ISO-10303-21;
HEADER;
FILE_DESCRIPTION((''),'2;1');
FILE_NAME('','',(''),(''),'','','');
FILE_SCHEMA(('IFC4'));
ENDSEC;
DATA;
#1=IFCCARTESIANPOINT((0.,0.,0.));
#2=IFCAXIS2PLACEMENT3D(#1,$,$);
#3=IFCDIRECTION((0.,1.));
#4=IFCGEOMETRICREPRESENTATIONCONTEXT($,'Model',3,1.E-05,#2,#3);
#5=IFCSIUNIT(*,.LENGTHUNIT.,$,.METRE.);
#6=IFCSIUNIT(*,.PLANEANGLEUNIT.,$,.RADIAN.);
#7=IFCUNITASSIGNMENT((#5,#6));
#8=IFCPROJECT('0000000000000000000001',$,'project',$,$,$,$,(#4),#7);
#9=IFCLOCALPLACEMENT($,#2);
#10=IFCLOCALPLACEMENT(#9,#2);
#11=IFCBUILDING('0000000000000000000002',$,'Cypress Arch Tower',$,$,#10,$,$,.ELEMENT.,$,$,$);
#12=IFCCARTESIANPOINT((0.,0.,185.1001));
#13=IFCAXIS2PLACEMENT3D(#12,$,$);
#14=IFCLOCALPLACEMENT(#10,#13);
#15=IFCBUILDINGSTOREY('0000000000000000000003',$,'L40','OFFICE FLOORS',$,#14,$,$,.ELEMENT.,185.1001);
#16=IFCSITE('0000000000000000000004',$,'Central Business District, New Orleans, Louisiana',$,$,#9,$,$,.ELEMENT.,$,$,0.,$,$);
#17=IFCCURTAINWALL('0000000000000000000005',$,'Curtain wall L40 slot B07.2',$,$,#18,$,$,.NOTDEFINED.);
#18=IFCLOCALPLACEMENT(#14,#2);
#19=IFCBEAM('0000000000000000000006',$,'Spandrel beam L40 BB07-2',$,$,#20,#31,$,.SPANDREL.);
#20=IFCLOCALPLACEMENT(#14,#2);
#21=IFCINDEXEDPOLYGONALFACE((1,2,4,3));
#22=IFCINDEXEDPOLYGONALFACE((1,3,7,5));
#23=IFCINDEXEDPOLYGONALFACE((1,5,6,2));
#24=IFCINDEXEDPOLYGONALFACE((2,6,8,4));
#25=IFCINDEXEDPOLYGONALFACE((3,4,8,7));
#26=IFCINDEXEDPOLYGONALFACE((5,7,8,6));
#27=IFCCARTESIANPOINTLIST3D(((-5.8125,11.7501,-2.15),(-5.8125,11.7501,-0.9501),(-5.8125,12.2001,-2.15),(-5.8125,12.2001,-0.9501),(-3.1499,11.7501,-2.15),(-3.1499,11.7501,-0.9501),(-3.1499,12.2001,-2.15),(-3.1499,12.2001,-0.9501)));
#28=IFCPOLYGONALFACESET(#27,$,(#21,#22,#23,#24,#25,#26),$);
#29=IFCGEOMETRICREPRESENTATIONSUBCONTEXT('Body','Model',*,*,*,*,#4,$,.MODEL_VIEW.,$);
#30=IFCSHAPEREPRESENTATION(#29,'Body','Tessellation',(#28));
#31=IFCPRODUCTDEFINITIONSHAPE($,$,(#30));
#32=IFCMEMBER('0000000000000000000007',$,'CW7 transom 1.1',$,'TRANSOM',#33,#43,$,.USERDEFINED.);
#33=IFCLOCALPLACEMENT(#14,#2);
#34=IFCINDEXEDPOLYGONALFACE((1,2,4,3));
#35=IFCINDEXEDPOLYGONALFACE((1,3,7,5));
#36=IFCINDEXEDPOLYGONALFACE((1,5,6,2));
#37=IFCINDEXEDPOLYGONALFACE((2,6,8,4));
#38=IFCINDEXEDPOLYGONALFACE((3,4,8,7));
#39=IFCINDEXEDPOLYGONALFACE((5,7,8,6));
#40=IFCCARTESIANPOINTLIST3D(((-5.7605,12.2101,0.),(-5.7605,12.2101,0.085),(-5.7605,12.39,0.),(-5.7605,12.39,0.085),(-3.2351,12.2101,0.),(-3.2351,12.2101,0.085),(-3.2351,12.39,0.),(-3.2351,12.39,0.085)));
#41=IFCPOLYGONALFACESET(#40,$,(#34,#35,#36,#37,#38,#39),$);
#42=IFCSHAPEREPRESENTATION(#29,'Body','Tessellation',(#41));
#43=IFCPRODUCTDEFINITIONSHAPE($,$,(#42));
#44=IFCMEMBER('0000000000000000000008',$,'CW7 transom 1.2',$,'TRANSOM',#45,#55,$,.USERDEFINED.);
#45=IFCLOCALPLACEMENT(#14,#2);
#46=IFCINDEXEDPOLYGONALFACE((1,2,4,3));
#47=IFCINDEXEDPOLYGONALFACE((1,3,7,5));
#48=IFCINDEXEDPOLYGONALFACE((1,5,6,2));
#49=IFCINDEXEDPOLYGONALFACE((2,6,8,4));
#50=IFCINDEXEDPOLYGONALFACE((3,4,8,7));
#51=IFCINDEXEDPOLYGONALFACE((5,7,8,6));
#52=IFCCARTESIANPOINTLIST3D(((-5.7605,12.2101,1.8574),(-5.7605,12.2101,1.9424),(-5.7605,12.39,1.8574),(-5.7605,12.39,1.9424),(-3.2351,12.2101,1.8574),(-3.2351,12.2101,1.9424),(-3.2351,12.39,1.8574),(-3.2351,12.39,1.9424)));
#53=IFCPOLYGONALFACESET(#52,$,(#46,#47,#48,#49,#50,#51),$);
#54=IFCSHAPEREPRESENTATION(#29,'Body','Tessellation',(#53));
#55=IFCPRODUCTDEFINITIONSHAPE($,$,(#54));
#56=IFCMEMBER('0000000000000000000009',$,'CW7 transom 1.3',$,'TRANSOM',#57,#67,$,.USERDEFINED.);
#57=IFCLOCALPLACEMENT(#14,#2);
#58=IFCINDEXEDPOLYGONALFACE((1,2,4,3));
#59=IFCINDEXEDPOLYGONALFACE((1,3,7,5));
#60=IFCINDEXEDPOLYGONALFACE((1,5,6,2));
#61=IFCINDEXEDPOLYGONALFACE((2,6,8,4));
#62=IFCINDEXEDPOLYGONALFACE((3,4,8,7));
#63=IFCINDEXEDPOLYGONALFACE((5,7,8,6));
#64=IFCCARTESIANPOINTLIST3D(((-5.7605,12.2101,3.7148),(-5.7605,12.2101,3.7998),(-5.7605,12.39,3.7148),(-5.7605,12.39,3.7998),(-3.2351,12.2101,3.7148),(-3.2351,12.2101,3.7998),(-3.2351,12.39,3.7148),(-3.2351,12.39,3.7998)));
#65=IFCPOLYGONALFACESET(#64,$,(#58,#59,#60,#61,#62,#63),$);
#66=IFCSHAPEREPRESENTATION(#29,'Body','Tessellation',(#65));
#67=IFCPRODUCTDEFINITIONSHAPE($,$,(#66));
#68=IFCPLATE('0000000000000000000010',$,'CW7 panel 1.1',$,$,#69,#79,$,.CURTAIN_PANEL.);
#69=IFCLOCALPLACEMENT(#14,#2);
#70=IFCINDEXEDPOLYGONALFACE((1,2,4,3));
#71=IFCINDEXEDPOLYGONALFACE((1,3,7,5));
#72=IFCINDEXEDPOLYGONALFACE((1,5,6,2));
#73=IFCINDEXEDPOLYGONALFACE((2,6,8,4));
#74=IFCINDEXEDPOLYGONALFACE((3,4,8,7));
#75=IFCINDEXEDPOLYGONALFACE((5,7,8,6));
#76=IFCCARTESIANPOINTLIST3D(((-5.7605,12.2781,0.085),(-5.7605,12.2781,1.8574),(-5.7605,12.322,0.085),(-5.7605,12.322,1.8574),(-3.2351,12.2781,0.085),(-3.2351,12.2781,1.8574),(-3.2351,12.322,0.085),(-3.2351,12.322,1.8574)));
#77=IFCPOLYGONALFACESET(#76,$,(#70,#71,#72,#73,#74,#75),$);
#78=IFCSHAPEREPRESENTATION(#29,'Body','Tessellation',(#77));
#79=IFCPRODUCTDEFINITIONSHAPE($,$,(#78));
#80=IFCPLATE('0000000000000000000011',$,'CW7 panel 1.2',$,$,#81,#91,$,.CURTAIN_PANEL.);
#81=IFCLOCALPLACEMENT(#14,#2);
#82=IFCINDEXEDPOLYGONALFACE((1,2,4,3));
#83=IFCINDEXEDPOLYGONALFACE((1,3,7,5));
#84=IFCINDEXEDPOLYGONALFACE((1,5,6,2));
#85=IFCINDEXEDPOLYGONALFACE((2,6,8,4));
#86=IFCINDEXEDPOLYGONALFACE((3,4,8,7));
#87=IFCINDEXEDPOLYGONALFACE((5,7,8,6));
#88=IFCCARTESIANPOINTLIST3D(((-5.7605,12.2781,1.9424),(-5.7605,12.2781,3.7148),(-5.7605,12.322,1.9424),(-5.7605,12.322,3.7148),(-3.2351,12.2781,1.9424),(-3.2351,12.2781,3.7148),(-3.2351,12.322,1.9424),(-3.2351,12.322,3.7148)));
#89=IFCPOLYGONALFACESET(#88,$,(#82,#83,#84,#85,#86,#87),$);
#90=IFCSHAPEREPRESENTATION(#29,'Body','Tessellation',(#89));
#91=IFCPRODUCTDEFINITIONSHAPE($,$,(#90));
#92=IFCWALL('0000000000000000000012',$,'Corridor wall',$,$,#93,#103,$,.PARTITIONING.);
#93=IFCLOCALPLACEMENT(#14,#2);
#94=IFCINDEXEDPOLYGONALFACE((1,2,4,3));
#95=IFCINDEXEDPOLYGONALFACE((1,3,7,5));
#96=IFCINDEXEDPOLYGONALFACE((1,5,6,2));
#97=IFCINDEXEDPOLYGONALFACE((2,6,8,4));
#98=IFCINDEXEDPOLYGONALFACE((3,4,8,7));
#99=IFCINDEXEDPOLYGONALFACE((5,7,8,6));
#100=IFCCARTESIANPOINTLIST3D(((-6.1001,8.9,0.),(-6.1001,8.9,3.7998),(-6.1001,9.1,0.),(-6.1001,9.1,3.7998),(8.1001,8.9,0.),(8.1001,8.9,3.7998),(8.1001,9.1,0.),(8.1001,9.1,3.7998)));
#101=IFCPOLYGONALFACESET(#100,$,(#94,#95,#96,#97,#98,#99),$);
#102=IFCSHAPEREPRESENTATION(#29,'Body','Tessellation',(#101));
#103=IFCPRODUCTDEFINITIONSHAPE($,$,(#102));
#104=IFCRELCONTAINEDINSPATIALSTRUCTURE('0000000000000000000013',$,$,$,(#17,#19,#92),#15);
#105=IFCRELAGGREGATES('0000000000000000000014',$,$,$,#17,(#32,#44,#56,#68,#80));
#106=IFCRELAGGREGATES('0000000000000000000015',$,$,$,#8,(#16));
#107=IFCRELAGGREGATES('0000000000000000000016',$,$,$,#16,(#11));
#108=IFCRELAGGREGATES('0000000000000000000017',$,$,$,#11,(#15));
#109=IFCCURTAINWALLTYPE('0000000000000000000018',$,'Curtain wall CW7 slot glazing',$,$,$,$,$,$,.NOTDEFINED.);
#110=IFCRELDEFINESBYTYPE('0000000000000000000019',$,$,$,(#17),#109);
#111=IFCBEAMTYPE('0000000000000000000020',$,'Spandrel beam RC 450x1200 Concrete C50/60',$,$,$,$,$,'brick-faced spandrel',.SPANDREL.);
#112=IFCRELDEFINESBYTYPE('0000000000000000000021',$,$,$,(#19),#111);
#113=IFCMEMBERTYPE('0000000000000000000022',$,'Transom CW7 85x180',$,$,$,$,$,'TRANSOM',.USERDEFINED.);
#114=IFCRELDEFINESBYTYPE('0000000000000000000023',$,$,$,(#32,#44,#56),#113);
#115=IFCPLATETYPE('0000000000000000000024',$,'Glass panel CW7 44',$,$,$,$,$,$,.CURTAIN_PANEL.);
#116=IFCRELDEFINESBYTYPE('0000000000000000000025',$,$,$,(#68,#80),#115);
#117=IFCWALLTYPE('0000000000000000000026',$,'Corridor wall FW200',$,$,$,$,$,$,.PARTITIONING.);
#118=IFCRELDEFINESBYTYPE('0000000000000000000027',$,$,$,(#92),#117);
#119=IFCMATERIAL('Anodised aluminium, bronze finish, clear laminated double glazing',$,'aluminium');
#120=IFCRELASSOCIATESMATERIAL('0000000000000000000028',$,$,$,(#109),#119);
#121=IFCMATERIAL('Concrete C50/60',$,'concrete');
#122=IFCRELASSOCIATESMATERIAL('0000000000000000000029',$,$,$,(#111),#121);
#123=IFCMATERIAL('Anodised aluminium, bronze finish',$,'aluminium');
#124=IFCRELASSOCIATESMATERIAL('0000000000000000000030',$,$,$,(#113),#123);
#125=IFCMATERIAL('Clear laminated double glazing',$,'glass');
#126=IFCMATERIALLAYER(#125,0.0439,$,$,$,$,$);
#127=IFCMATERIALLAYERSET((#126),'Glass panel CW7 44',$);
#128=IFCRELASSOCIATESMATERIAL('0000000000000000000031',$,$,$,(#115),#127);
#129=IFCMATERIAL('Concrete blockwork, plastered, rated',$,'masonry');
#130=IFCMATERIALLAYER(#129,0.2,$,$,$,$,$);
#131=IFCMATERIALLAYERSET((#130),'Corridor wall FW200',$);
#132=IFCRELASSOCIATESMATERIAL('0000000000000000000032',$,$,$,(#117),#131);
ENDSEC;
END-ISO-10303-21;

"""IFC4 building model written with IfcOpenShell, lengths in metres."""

from ifc_helpers import new_model, si_unit, direction, frame, frame_2d, origin, origin_2d, place, context, subcontext, project, spatial, rectangle, extrude, material, layer, layer_set, material_profile, profile_set, type_object, element, aggregate, save


model = new_model("IFC4")

# Units and contexts
model_context = context("Model", 3, precision=1e-05, world=origin(), true_north=direction((0.0, 1.0)))
body_context = subcontext(model_context, "Body", "Model", "MODEL_VIEW")
ifc_project = project(units=[si_unit("LENGTHUNIT", "METRE"), si_unit("PLANEANGLEUNIT", "RADIAN")], contexts=[model_context])

# Site, building, storey
site_placement = place(None, origin())
site = spatial("IfcSite", under=ifc_project, at=site_placement, Name="Central Business District, New Orleans, Louisiana", CompositionType="ELEMENT", RefElevation=0.0)
building_placement = place(site_placement, origin())
building = spatial("IfcBuilding", under=site, at=building_placement, Name="Cypress Arch Tower", CompositionType="ELEMENT")
storey_placement = place(building_placement, frame((0.0, 0.0, 185.1001)))
storey = spatial("IfcBuildingStorey", under=building, at=storey_placement, Name="L40", Description="OFFICE FLOORS", CompositionType="ELEMENT", Elevation=185.1001)

# Curtain wall
ifc_material_1 = material(Name="Anodised aluminium, bronze finish, clear laminated double glazing", Category="aluminium")
curtain_wall_type = type_object("IfcCurtainWallType", Name="Curtain wall CW7 slot glazing", PredefinedType="NOTDEFINED", material=ifc_material_1)
curtain_wall_placement = place(storey_placement, origin())
curtain_wall = element("IfcCurtainWall", 1, at=curtain_wall_placement, inside=storey, type_object=curtain_wall_type, Name="Curtain wall L40 slot B07.2", PredefinedType="NOTDEFINED")

# Beam
ifc_material_2 = material(Name="Concrete C50/60", Category="concrete")
ifc_material_profile_1 = material_profile(ifc_material_2, rectangle(XDim=0.45, YDim=1.2, at=origin_2d()), Name="RC 450x1200")
ifc_profile_set_1 = profile_set([ifc_material_profile_1], Name="Concrete C50/60")
beam_type_1 = type_object("IfcBeamType", Name="Spandrel beam RC 450x1200 Concrete C50/60", ElementType="brick-faced spandrel", PredefinedType="SPANDREL", material=ifc_profile_set_1)
beam_1_placement = place(storey_placement, frame((-3.1499, 11.9751, -1.55), z_axis=(-1.0, 0.0, 0.0), x_axis=(0.0, -1.0, 0.0)))
element("IfcBeam", 2, at=beam_1_placement, inside=storey, type_object=beam_type_1, Name="Spandrel beam L40 BB07-2", PredefinedType="SPANDREL", context=body_context, shape_type="SweptSolid", body=[
    extrude(rectangle(XDim=0.45, YDim=1.2, at=origin_2d()), origin(), (0.0, 0.0, 1.0), 2.6626),
])

# Members
ifc_material_3 = material(Name="Anodised aluminium, bronze finish", Category="aluminium")
ifc_material_profile_2 = material_profile(ifc_material_3, rectangle(XDim=0.1799, YDim=0.085, at=origin_2d()), Name="Transom 85x180")
ifc_profile_set_2 = profile_set([ifc_material_profile_2], Name="Anodised aluminium, bronze finish")
member_type_1 = type_object("IfcMemberType", Name="Transom CW7 85x180", ElementType="TRANSOM", PredefinedType="USERDEFINED", material=ifc_profile_set_2)
member_1_placement = place(storey_placement, frame((-3.2351, 12.3, 0.0425), z_axis=(-1.0, 0.0, 0.0), x_axis=(0.0, -1.0, 0.0)))
member_1 = element("IfcMember", 3, at=member_1_placement, type_object=member_type_1, Name="CW7 transom 1.1", ObjectType="TRANSOM", PredefinedType="USERDEFINED", context=body_context, shape_type="SweptSolid", body=[
    extrude(rectangle(XDim=0.1799, YDim=0.085, at=origin_2d()), origin(), (0.0, 0.0, 1.0), 2.5254),
])
member_2_placement = place(storey_placement, frame((-3.2351, 12.3, 1.8999), z_axis=(-1.0, 0.0, 0.0), x_axis=(0.0, -1.0, 0.0)))
member_2 = element("IfcMember", 4, at=member_2_placement, type_object=member_type_1, Name="CW7 transom 1.2", ObjectType="TRANSOM", PredefinedType="USERDEFINED", context=body_context, shape_type="SweptSolid", body=[
    extrude(rectangle(XDim=0.1799, YDim=0.085, at=origin_2d()), origin(), (0.0, 0.0, 1.0), 2.5254),
])
member_3_placement = place(storey_placement, frame((-3.2351, 12.3, 3.7573), z_axis=(-1.0, 0.0, 0.0), x_axis=(0.0, -1.0, 0.0)))
member_3 = element("IfcMember", 5, at=member_3_placement, type_object=member_type_1, Name="CW7 transom 1.3", ObjectType="TRANSOM", PredefinedType="USERDEFINED", context=body_context, shape_type="SweptSolid", body=[
    extrude(rectangle(XDim=0.1799, YDim=0.085, at=origin_2d()), origin(), (0.0, 0.0, 1.0), 2.5254),
])

# Plates
ifc_material_4 = material(Name="Clear laminated double glazing", Category="glass")
ifc_layer_1 = layer(ifc_material_4, 0.0439)
ifc_layer_set_1 = layer_set([ifc_layer_1], Name="Glass panel CW7 44")
plate_type = type_object("IfcPlateType", Name="Glass panel CW7 44", PredefinedType="CURTAIN_PANEL", material=ifc_layer_set_1)
plate_1_placement = place(storey_placement, frame((-4.4978, 12.3, 0.085), z_axis=(0.0, 0.0, 1.0), x_axis=(-1.0, 0.0, 0.0)))
plate_1 = element("IfcPlate", 6, at=plate_1_placement, type_object=plate_type, Name="CW7 panel 1.1", PredefinedType="CURTAIN_PANEL", context=body_context, shape_type="SweptSolid", body=[
    extrude(rectangle(XDim=2.5254, YDim=0.0439, at=origin_2d()), origin(), (0.0, 0.0, 1.0), 1.7725),
])
plate_2_placement = place(storey_placement, frame((-4.4978, 12.3, 1.9424), z_axis=(0.0, 0.0, 1.0), x_axis=(-1.0, 0.0, 0.0)))
plate_2 = element("IfcPlate", 7, at=plate_2_placement, type_object=plate_type, Name="CW7 panel 1.2", PredefinedType="CURTAIN_PANEL", context=body_context, shape_type="SweptSolid", body=[
    extrude(rectangle(XDim=2.5254, YDim=0.0439, at=origin_2d()), origin(), (0.0, 0.0, 1.0), 1.7725),
])
aggregate(curtain_wall, [member_1, member_2, member_3, plate_1, plate_2])

# Shared definitions
ifc_material_5 = material(Name="Concrete blockwork, plastered, rated", Category="masonry")
ifc_layer_2 = layer(ifc_material_5, 0.2)
ifc_layer_set_2 = layer_set([ifc_layer_2], Name="Corridor wall FW200")
wall_type = type_object("IfcWallType", Name="Corridor wall FW200", PredefinedType="PARTITIONING", material=ifc_layer_set_2)

# Wall
wall_1_placement = place(storey_placement, frame((-6.1001, 9.0, 0.0), z_axis=(0.0, 0.0, 1.0), x_axis=(1.0, 0.0, 0.0)))
element("IfcWall", 8, at=wall_1_placement, inside=storey, type_object=wall_type, Name="Corridor wall", PredefinedType="PARTITIONING", context=body_context, shape_type="SweptSolid", body=[
    extrude(rectangle(XDim=14.2002, YDim=0.2, at=frame_2d((7.1001, 0.0))), origin(), (0.0, 0.0, 1.0), 3.7998),
])

save(model, "model.ifc")
